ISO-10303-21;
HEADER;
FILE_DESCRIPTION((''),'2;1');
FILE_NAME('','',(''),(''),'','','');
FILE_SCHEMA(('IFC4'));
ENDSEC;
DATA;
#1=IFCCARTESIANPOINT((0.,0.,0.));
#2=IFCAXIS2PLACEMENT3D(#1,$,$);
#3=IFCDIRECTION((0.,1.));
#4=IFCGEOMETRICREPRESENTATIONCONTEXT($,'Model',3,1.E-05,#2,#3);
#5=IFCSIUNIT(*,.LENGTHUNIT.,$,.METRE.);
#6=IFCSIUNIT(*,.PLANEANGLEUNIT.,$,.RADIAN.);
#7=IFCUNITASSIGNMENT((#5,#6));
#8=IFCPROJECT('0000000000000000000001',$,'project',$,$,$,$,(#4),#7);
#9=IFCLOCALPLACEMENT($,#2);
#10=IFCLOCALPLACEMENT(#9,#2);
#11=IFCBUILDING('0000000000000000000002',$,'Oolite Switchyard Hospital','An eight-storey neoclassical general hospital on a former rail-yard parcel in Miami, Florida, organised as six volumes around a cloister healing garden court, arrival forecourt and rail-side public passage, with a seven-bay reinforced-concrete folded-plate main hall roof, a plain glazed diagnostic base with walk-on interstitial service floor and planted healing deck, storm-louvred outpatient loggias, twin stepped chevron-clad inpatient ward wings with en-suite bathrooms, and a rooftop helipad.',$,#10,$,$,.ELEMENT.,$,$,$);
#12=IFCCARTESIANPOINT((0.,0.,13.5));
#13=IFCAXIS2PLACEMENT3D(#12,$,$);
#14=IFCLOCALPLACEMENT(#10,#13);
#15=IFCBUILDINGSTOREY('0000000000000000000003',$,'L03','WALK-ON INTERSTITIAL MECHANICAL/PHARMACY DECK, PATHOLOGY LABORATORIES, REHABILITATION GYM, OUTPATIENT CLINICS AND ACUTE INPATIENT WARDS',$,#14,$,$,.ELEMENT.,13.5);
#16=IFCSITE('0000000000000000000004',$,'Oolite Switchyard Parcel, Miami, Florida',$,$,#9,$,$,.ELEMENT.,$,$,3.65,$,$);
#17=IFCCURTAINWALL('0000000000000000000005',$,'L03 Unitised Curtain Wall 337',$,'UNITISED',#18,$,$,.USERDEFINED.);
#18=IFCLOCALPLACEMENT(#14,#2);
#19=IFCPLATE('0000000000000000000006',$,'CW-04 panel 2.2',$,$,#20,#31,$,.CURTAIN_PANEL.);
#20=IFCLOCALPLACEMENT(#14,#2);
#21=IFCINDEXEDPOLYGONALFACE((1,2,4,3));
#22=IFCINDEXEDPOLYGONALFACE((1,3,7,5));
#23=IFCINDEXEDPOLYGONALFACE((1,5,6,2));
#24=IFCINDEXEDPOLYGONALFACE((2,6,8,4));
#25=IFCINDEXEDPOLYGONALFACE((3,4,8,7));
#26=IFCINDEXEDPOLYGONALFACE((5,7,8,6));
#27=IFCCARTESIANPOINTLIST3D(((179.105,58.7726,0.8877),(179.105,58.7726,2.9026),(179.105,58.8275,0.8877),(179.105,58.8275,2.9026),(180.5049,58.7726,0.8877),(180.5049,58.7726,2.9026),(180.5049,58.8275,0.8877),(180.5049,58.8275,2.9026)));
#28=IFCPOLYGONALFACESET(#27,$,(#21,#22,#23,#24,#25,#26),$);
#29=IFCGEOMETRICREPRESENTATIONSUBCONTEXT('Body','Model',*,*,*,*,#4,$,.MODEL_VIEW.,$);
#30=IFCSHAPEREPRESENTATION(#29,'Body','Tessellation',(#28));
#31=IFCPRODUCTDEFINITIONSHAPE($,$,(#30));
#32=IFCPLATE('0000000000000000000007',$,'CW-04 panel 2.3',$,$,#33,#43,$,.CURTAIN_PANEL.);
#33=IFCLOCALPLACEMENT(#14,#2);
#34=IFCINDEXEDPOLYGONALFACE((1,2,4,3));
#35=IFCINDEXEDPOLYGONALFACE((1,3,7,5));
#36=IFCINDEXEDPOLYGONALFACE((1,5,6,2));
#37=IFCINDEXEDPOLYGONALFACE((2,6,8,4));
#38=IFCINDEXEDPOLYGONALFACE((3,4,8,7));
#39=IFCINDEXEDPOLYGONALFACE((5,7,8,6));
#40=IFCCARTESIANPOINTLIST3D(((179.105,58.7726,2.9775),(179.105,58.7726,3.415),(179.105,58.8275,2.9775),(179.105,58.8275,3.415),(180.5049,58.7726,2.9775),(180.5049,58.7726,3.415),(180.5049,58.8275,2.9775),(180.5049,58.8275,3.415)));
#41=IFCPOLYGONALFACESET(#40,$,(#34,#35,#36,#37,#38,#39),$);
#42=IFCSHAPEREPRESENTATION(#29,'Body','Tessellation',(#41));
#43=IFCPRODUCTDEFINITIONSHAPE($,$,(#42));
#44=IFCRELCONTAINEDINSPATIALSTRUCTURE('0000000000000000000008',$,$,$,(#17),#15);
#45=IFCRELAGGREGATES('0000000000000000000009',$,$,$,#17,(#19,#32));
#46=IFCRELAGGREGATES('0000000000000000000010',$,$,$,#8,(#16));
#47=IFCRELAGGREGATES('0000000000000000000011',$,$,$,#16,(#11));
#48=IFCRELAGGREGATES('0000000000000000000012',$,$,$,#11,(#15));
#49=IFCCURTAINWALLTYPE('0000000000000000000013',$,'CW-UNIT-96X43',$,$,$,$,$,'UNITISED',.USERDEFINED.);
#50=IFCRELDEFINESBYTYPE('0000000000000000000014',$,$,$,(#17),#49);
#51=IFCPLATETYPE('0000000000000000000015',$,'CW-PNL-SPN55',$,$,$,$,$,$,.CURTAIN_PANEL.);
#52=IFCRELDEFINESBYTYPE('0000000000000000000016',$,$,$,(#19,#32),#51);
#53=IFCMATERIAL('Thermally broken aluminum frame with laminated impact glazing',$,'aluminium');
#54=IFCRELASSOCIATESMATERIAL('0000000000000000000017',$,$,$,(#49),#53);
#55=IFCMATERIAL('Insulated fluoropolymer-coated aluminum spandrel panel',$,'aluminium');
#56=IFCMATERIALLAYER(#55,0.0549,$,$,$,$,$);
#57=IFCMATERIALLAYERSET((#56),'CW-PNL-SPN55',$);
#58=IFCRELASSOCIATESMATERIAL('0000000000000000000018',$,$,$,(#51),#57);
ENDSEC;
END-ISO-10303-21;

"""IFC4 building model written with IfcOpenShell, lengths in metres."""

from ifc_helpers import new_model, si_unit, direction, frame, origin, origin_2d, place, context, subcontext, project, spatial, rectangle, extrude, material, layer, layer_set, type_object, element, aggregate, save


model = new_model("IFC4")

# Units and contexts
model_context = context("Model", 3, precision=1e-05, world=origin(), true_north=direction((0.0, 1.0)))
body_context = subcontext(model_context, "Body", "Model", "MODEL_VIEW")
ifc_project = project(units=[si_unit("LENGTHUNIT", "METRE"), si_unit("PLANEANGLEUNIT", "RADIAN")], contexts=[model_context])

# Site, building, storey
site_placement = place(None, origin())
site = spatial("IfcSite", under=ifc_project, at=site_placement, Name="Oolite Switchyard Parcel, Miami, Florida", CompositionType="ELEMENT", RefElevation=3.65)
building_placement = place(site_placement, origin())
building = spatial("IfcBuilding", under=site, at=building_placement, Name="Oolite Switchyard Hospital", Description="An eight-storey neoclassical general hospital on a former rail-yard parcel in Miami, Florida, organised as six volumes around a cloister healing garden court, arrival forecourt and rail-side public passage, with a seven-bay reinforced-concrete folded-plate main hall roof, a plain glazed diagnostic base with walk-on interstitial service floor and planted healing deck, storm-louvred outpatient loggias, twin stepped chevron-clad inpatient ward wings with en-suite bathrooms, and a rooftop helipad.", CompositionType="ELEMENT")
storey_placement = place(building_placement, frame((0.0, 0.0, 13.5)))
storey = spatial("IfcBuildingStorey", under=building, at=storey_placement, Name="L03", Description="WALK-ON INTERSTITIAL MECHANICAL/PHARMACY DECK, PATHOLOGY LABORATORIES, REHABILITATION GYM, OUTPATIENT CLINICS AND ACUTE INPATIENT WARDS", CompositionType="ELEMENT", Elevation=13.5)

# Curtain wall, plates
ifc_material_1 = material(Name="Thermally broken aluminum frame with laminated impact glazing", Category="aluminium")
curtain_wall_type = type_object("IfcCurtainWallType", Name="CW-UNIT-96X43", ElementType="UNITISED", PredefinedType="USERDEFINED", material=ifc_material_1)
curtain_wall_placement = place(storey_placement, origin())
curtain_wall = element("IfcCurtainWall", 1, at=curtain_wall_placement, inside=storey, type_object=curtain_wall_type, Name="L03 Unitised Curtain Wall 337", ObjectType="UNITISED", PredefinedType="USERDEFINED")
ifc_material_2 = material(Name="Insulated fluoropolymer-coated aluminum spandrel panel", Category="aluminium")
ifc_layer = layer(ifc_material_2, 0.0549)
ifc_layer_set = layer_set([ifc_layer], Name="CW-PNL-SPN55")
plate_type = type_object("IfcPlateType", Name="CW-PNL-SPN55", PredefinedType="CURTAIN_PANEL", material=ifc_layer_set)
plate_1_placement = place(storey_placement, frame((179.8049, 58.8, 0.8877), z_axis=(0.0, 0.0, 1.0), x_axis=(-1.0, 0.0, 0.0)))
plate_1 = element("IfcPlate", 2, at=plate_1_placement, type_object=plate_type, Name="CW-04 panel 2.2", PredefinedType="CURTAIN_PANEL", context=body_context, shape_type="SweptSolid", body=[
    extrude(rectangle(XDim=1.3999, YDim=0.0549, at=origin_2d()), origin(), (0.0, 0.0, 1.0), 2.0149),
])
plate_2_placement = place(storey_placement, frame((179.8049, 58.8, 2.9775), z_axis=(0.0, 0.0, 1.0), x_axis=(-1.0, 0.0, 0.0)))
plate_2 = element("IfcPlate", 3, at=plate_2_placement, type_object=plate_type, Name="CW-04 panel 2.3", PredefinedType="CURTAIN_PANEL", context=body_context, shape_type="SweptSolid", body=[
    extrude(rectangle(XDim=1.3999, YDim=0.0549, at=origin_2d()), origin(), (0.0, 0.0, 1.0), 0.4375),
])
aggregate(curtain_wall, [plate_1, plate_2])

save(model, "model.ifc")
